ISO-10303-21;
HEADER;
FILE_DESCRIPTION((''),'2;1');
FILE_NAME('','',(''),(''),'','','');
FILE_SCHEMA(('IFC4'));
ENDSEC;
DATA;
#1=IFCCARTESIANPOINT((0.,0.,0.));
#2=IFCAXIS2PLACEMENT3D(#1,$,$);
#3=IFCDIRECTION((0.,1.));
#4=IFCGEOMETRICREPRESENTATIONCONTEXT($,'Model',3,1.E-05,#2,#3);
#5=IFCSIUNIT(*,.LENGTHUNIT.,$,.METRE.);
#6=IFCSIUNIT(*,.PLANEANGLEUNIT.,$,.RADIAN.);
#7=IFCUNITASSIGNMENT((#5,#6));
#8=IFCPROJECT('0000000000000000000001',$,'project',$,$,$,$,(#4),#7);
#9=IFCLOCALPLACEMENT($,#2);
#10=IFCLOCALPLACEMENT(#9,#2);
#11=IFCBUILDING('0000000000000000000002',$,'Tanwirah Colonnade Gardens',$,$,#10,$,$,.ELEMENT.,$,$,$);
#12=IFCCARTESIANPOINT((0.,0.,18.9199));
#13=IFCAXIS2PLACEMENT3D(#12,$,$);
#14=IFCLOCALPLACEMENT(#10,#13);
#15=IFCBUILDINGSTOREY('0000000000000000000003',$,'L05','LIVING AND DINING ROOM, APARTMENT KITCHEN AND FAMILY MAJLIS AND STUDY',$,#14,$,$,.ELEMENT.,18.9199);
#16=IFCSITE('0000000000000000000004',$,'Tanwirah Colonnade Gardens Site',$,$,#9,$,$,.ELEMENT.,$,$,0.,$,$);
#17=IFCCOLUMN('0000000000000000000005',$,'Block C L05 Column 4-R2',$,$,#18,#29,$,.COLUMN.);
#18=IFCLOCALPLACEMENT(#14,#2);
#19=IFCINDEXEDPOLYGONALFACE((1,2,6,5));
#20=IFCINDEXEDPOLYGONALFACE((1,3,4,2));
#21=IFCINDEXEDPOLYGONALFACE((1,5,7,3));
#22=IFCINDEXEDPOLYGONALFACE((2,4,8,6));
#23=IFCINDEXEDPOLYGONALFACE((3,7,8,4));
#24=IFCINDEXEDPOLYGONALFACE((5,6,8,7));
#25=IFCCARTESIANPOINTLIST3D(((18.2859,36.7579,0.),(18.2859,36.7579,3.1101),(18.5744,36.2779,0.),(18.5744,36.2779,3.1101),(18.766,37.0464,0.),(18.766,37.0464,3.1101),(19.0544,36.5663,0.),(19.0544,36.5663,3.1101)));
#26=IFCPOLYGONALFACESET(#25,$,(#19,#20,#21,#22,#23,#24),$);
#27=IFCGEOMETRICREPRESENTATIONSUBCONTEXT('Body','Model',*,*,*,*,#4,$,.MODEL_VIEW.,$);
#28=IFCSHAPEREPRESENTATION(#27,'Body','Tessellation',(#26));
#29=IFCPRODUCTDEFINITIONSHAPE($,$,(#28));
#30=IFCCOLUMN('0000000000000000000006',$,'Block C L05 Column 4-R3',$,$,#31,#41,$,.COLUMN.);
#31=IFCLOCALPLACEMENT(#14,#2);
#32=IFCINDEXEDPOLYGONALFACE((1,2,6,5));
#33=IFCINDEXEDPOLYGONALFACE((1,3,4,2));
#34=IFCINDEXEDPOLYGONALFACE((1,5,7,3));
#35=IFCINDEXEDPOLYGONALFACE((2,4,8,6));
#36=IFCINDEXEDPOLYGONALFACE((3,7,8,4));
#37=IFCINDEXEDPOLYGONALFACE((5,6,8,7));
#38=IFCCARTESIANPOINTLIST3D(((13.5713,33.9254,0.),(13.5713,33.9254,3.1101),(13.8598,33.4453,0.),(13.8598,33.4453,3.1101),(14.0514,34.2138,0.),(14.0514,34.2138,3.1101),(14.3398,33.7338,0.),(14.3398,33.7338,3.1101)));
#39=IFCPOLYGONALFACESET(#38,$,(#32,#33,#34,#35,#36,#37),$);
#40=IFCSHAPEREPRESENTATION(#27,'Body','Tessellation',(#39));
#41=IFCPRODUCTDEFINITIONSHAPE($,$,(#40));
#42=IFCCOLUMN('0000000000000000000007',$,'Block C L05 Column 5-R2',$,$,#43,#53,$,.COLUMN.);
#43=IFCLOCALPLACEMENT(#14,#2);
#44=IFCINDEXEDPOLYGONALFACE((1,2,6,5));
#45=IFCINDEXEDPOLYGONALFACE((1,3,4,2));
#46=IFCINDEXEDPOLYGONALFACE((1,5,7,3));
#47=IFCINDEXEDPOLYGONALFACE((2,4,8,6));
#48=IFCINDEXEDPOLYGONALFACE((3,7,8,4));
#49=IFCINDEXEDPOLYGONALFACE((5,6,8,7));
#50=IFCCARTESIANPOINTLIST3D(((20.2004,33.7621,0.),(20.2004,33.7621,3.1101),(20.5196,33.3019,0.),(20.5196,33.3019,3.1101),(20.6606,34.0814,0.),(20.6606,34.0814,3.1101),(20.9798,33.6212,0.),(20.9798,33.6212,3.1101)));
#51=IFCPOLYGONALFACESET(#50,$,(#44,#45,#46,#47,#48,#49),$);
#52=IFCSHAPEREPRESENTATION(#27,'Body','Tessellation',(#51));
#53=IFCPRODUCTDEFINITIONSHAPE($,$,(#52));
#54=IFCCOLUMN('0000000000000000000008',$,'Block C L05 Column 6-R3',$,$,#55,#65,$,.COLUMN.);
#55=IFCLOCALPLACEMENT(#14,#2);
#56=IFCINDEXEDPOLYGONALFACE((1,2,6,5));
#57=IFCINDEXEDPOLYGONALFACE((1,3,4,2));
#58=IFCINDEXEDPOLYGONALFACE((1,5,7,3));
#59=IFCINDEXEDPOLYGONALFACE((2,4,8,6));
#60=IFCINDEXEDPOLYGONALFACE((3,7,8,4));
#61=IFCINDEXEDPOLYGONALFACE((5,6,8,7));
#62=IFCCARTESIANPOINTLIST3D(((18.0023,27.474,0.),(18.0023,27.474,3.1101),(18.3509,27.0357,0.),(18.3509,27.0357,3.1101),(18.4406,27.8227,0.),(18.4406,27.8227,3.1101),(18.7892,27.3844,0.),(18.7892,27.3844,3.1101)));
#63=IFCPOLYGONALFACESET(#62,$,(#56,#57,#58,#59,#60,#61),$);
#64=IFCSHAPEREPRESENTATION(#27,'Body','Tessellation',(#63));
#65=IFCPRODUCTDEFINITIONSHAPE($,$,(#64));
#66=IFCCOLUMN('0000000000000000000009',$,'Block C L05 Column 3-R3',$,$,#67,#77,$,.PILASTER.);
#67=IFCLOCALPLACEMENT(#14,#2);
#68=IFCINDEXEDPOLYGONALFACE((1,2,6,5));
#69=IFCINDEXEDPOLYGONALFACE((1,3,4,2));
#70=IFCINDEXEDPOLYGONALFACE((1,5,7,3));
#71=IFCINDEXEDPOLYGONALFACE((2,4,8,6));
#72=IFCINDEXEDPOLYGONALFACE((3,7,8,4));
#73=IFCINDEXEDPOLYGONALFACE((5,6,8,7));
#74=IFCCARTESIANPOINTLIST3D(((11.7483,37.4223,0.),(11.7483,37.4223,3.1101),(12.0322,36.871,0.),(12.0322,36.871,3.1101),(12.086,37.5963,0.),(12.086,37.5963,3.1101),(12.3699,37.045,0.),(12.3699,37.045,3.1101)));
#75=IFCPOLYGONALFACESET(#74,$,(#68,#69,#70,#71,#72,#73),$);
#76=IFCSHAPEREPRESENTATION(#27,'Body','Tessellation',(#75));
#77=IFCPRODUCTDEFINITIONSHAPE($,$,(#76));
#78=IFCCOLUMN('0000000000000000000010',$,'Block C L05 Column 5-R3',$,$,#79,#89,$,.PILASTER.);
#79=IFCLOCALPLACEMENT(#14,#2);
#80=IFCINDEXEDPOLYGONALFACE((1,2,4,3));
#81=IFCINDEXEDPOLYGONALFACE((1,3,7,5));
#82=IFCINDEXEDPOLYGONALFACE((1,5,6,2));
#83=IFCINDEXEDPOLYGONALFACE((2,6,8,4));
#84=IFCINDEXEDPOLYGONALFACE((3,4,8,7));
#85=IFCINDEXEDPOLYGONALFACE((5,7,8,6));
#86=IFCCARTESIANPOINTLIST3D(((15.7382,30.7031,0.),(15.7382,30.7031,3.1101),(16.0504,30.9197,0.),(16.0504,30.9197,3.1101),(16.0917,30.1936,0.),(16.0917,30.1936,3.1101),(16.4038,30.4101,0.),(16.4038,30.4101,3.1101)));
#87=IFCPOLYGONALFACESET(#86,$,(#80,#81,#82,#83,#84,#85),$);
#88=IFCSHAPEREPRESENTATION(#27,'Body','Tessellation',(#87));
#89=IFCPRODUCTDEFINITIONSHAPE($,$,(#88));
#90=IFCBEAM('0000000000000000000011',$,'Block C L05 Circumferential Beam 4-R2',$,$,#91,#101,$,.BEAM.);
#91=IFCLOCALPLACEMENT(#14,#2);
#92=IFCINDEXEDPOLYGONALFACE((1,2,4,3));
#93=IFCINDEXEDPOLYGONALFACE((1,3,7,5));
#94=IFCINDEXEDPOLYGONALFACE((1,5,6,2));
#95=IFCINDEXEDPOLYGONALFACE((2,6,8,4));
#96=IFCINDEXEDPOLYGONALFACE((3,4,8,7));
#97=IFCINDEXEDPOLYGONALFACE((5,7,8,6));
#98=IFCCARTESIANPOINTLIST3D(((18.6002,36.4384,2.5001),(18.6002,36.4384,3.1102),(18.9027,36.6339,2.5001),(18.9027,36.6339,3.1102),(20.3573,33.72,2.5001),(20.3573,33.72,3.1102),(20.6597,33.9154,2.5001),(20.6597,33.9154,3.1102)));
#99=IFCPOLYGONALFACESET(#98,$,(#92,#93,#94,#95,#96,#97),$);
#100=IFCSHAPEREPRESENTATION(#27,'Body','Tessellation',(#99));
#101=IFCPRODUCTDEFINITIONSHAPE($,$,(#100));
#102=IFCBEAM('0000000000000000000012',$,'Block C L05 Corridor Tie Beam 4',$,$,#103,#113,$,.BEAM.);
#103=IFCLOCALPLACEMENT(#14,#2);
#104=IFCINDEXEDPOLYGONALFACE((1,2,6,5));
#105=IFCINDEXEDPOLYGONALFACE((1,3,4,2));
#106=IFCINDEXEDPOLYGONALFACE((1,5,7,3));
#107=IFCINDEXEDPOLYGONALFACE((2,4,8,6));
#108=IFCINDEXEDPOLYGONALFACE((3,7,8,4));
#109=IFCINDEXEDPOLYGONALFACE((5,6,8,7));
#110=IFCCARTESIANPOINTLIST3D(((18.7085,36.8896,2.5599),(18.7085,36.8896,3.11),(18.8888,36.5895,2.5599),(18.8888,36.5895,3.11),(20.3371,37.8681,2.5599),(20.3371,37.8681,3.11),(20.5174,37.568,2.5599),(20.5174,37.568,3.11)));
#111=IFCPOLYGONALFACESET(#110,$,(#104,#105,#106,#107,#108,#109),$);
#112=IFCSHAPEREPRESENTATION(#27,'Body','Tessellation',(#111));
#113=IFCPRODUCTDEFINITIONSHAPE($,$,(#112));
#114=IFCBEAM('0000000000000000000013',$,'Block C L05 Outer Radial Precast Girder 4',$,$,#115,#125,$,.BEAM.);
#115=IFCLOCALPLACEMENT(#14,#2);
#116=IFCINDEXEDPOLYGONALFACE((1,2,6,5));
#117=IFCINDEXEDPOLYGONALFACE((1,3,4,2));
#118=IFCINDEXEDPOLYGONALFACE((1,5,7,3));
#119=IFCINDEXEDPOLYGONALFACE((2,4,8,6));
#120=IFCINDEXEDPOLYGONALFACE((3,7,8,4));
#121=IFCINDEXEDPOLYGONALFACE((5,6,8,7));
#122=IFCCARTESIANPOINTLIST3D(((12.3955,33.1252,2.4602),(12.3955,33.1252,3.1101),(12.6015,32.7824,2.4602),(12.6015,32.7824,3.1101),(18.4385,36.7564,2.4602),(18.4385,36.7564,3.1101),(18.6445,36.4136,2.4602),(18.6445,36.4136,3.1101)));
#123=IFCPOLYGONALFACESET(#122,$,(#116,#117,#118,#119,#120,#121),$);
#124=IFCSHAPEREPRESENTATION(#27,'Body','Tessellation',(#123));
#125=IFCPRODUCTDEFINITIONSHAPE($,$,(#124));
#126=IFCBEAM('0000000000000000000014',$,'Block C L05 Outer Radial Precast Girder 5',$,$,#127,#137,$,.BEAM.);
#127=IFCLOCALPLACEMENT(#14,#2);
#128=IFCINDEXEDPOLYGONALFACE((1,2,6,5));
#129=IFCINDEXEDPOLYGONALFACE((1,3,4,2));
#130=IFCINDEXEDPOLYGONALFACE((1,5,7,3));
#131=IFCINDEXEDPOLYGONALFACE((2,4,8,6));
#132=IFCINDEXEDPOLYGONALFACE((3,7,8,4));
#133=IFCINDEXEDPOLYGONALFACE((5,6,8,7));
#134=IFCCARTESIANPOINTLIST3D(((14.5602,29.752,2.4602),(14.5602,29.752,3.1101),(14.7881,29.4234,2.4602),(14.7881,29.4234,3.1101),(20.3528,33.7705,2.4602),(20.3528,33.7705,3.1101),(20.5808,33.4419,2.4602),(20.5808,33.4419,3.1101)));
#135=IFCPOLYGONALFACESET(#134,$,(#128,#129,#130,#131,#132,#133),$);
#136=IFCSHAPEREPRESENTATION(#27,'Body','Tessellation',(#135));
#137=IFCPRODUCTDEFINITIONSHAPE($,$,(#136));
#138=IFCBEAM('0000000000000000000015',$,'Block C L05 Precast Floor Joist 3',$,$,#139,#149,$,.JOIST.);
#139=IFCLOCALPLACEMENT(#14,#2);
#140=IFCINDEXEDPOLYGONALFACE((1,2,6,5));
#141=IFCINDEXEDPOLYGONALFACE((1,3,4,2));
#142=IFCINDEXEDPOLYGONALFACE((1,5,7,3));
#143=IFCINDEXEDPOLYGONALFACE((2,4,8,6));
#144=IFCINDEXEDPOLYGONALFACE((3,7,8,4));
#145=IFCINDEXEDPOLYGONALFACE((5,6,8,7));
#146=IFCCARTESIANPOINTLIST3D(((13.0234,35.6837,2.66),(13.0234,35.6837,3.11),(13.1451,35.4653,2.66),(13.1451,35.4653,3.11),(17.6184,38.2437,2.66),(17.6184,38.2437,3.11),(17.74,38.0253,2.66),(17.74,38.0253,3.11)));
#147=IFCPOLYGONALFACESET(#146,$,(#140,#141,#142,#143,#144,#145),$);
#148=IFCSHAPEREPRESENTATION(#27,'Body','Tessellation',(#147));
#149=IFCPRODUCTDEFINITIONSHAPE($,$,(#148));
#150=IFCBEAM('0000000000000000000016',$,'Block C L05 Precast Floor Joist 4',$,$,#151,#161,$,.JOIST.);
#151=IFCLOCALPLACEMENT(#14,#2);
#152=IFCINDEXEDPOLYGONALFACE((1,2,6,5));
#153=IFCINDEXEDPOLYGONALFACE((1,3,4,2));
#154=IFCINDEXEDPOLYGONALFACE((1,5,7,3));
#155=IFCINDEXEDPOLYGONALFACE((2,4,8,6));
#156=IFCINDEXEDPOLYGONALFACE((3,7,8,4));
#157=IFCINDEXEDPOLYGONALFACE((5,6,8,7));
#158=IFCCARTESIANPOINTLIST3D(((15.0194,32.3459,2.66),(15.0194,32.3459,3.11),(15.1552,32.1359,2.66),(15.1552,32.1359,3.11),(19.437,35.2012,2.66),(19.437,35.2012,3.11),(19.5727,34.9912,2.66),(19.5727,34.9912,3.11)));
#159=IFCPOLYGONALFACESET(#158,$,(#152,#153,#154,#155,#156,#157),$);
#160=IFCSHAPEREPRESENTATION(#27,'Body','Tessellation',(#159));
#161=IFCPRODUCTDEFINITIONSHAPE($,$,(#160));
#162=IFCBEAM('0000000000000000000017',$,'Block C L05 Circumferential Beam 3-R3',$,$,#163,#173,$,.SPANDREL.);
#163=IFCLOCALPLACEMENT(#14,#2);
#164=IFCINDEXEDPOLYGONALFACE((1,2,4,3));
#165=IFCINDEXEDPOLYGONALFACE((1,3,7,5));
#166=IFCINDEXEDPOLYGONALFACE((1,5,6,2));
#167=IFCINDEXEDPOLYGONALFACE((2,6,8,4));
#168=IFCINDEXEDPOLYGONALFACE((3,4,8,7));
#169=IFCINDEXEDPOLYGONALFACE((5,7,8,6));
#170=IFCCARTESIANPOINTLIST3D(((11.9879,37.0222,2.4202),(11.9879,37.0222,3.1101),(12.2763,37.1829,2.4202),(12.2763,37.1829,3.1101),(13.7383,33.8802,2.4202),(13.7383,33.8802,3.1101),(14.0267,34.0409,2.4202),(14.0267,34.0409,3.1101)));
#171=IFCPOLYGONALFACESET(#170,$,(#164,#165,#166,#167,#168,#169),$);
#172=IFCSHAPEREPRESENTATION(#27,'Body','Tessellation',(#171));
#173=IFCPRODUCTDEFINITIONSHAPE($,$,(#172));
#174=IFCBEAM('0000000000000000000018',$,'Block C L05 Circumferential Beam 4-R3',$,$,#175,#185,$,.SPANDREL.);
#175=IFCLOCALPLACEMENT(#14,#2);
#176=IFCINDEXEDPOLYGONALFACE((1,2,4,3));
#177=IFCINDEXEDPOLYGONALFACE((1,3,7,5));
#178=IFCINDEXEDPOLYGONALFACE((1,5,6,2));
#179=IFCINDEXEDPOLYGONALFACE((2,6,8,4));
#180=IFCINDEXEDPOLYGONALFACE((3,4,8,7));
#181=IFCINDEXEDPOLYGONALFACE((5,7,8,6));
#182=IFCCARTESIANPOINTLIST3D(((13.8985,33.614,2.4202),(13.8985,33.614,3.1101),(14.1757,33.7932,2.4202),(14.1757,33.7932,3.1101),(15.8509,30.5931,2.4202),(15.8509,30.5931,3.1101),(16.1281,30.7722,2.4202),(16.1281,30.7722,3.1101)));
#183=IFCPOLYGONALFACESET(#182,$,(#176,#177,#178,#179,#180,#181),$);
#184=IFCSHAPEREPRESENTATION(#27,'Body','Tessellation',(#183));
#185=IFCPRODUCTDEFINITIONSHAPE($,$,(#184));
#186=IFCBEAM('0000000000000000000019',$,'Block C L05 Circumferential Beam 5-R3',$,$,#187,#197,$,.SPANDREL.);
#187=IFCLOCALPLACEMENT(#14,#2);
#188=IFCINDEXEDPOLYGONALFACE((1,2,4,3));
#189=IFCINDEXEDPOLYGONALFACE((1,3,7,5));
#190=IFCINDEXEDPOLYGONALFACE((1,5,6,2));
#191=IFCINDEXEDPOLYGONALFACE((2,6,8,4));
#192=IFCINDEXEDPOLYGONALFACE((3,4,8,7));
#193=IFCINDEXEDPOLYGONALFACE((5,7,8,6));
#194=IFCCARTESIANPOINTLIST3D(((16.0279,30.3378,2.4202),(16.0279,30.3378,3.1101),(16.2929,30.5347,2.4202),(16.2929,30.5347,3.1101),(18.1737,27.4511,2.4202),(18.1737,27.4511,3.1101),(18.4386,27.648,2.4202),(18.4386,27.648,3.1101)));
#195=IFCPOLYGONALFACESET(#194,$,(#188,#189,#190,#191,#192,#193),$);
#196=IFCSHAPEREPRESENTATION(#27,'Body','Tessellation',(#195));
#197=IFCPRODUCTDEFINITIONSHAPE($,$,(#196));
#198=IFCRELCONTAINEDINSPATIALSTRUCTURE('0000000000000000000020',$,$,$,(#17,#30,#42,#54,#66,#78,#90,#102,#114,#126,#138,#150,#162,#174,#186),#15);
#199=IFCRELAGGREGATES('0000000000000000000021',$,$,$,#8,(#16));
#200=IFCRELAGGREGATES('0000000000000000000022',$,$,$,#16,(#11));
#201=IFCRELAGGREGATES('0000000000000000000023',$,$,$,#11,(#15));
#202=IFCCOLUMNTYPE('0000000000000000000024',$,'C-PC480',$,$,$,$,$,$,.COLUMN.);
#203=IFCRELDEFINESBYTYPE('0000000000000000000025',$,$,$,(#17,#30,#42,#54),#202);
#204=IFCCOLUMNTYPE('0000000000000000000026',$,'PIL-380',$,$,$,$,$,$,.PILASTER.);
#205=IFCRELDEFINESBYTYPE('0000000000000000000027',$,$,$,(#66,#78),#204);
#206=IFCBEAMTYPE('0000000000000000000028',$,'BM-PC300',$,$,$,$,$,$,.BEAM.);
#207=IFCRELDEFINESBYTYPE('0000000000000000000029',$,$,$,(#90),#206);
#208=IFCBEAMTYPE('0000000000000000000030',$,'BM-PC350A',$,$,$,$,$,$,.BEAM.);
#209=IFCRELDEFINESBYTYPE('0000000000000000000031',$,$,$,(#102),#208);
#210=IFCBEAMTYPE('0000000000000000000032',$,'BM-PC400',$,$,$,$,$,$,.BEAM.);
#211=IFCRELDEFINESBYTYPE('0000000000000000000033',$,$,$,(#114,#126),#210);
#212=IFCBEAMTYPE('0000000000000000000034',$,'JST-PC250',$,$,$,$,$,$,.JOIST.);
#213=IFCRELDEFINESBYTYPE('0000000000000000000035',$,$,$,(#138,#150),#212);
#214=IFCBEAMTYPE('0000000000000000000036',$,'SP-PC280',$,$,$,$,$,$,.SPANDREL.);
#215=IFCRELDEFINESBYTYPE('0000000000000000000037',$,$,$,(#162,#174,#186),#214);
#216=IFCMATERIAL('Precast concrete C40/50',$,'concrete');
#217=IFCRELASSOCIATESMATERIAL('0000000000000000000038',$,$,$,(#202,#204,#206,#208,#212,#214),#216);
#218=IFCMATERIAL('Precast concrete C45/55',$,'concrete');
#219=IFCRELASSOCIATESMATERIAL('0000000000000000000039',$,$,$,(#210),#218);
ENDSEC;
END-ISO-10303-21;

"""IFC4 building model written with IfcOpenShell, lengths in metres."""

from ifc_helpers import new_model, si_unit, direction, frame, origin, origin_2d, place, context, subcontext, project, spatial, rectangle, extrude, material, material_profile, profile_set, type_object, element, save


model = new_model("IFC4")

# Units and contexts
model_context = context("Model", 3, precision=1e-05, world=origin(), true_north=direction((0.0, 1.0)))
body_context = subcontext(model_context, "Body", "Model", "MODEL_VIEW")
ifc_project = project(units=[si_unit("LENGTHUNIT", "METRE"), si_unit("PLANEANGLEUNIT", "RADIAN")], contexts=[model_context])

# Site, building, storey
site_placement = place(None, origin())
site = spatial("IfcSite", under=ifc_project, at=site_placement, Name="Tanwirah Colonnade Gardens Site", CompositionType="ELEMENT", RefElevation=0.0)
building_placement = place(site_placement, origin())
building = spatial("IfcBuilding", under=site, at=building_placement, Name="Tanwirah Colonnade Gardens", CompositionType="ELEMENT")
storey_placement = place(building_placement, frame((0.0, 0.0, 18.9199)))
storey = spatial("IfcBuildingStorey", under=building, at=storey_placement, Name="L05", Description="LIVING AND DINING ROOM, APARTMENT KITCHEN AND FAMILY MAJLIS AND STUDY", CompositionType="ELEMENT", Elevation=18.9199)

# Columns
ifc_material_1 = material(Name="Precast concrete C40/50", Category="concrete")
ifc_material_profile_1 = material_profile(ifc_material_1, rectangle(XDim=0.5601, YDim=0.5601, at=origin_2d()), Name="PC-COL 560x560")
ifc_profile_set_1 = profile_set([ifc_material_profile_1], Name="Precast concrete C40/50")
column_type_1 = type_object("IfcColumnType", Name="C-PC480", PredefinedType="COLUMN", material=ifc_profile_set_1)
for number, where, z_axis, x_axis, name in (
    (1, (18.6702, 36.6621, 0.0), (0.0, 0.0, 1.0), (-0.857167, -0.515038, 0.0), "Block C L05 Column 4-R2"),
    (2, (13.9556, 33.8296, 0.0), (0.0, 0.0, 1.0), (-0.857167, -0.515038, 0.0), "Block C L05 Column 4-R3"),
    (3, (20.5901, 33.6917, 0.0), (0.0, 0.0, 1.0), (-0.821647, -0.569997, 0.0), "Block C L05 Column 5-R2"),
    (4, (18.3958, 27.4292, 0.0), (0.0, 0.0, 1.0), (-0.782608, -0.622515, 0.0), "Block C L05 Column 6-R3"),
):
    element("IfcColumn", number, at=place(storey_placement, frame(where, z_axis=z_axis, x_axis=x_axis)), inside=storey, type_object=column_type_1, Name=name, PredefinedType="COLUMN", context=body_context, shape_type="SweptSolid", body=[
        extrude(rectangle(XDim=0.5601, YDim=0.5601, at=origin_2d()), origin(), (0.0, 0.0, 1.0), 3.1101),
    ])
ifc_material_profile_2 = material_profile(ifc_material_1, rectangle(XDim=0.3799, YDim=0.6201, at=origin_2d()), Name="PC-PIL 380x620")
ifc_profile_set_2 = profile_set([ifc_material_profile_2], Name="Precast concrete C40/50")
column_type_2 = type_object("IfcColumnType", Name="PIL-380", PredefinedType="PILASTER", material=ifc_profile_set_2)
for number, where, z_axis, x_axis, name in (
    (5, (12.0591, 37.2336, 0.0), (0.0, 0.0, 1.0), (-0.889017, -0.457874, 0.0), "Block C L05 Column 3-R3"),
    (6, (16.071, 30.5566, 0.0), (0.0, 0.0, 1.0), (-0.821647, -0.569997, 0.0), "Block C L05 Column 5-R3"),
):
    element("IfcColumn", number, at=place(storey_placement, frame(where, z_axis=z_axis, x_axis=x_axis)), inside=storey, type_object=column_type_2, Name=name, PredefinedType="PILASTER", context=body_context, shape_type="SweptSolid", body=[
        extrude(rectangle(XDim=0.3799, YDim=0.6201, at=origin_2d()), origin(), (0.0, 0.0, 1.0), 3.1101),
    ])

# Beams
ifc_material_profile_3 = material_profile(ifc_material_1, rectangle(XDim=0.3601, YDim=0.6101, at=origin_2d()), Name="PC-BM 360x610")
ifc_profile_set_3 = profile_set([ifc_material_profile_3], Name="Precast concrete C40/50")
beam_type_1 = type_object("IfcBeamType", Name="BM-PC300", PredefinedType="BEAM", material=ifc_profile_set_3)
beam_1_placement = place(storey_placement, frame((18.7515, 36.5361, 2.8052), z_axis=(0.542826, -0.839845, 0.0), x_axis=(0.839845, 0.542826, 0.0)))
element("IfcBeam", 7, at=beam_1_placement, inside=storey, type_object=beam_type_1, Name="Block C L05 Circumferential Beam 4-R2", PredefinedType="BEAM", context=body_context, shape_type="SweptSolid", body=[
    extrude(rectangle(XDim=0.3601, YDim=0.6101, at=origin_2d()), origin(), (0.0, 0.0, 1.0), 3.2368),
])
ifc_material_profile_4 = material_profile(ifc_material_1, rectangle(XDim=0.3501, YDim=0.55, at=origin_2d()), Name="PC-BM 350x550")
ifc_profile_set_4 = profile_set([ifc_material_profile_4], Name="Precast concrete C40/50")
beam_type_2 = type_object("IfcBeamType", Name="BM-PC350A", PredefinedType="BEAM", material=ifc_profile_set_4)
beam_2_placement = place(storey_placement, frame((20.4272, 37.718, 2.835), z_axis=(-0.857187, -0.515006, 0.0), x_axis=(0.515006, -0.857187, 0.0)))
element("IfcBeam", 8, at=beam_2_placement, inside=storey, type_object=beam_type_2, Name="Block C L05 Corridor Tie Beam 4", PredefinedType="BEAM", context=body_context, shape_type="SweptSolid", body=[
    extrude(rectangle(XDim=0.3501, YDim=0.55, at=origin_2d()), origin(), (0.0, 0.0, 1.0), 1.8999),
])
ifc_material_2 = material(Name="Precast concrete C45/55", Category="concrete")
ifc_material_profile_5 = material_profile(ifc_material_2, rectangle(XDim=0.3999, YDim=0.6499, at=origin_2d()), Name="PC-BM 400x650")
ifc_profile_set_5 = profile_set([ifc_material_profile_5], Name="Precast concrete C45/55")
beam_type_3 = type_object("IfcBeamType", Name="BM-PC400", PredefinedType="BEAM", material=ifc_profile_set_5)
for number, where, z_axis, x_axis, name in (
    (9, (18.5415, 36.585, 2.7852), (-0.85716, -0.515051, 0.0), (0.515051, -0.85716, 0.0), "Block C L05 Outer Radial Precast Girder 4"),
    (10, (20.4668, 33.6062, 2.7852), (-0.821647, -0.569997, 0.0), (0.569997, -0.821647, 0.0), "Block C L05 Outer Radial Precast Girder 5"),
):
    element("IfcBeam", number, at=place(storey_placement, frame(where, z_axis=z_axis, x_axis=x_axis)), inside=storey, type_object=beam_type_3, Name=name, PredefinedType="BEAM", context=body_context, shape_type="SweptSolid", body=[
        extrude(rectangle(XDim=0.3999, YDim=0.6499, at=origin_2d()), origin(), (0.0, 0.0, 1.0), 7.05),
    ])
ifc_material_profile_6 = material_profile(ifc_material_1, rectangle(XDim=0.25, YDim=0.45, at=origin_2d()), Name="PC-JST 250x450")
ifc_profile_set_6 = profile_set([ifc_material_profile_6], Name="Precast concrete C40/50")
beam_type_4 = type_object("IfcBeamType", Name="JST-PC250", PredefinedType="JOIST", material=ifc_profile_set_6)
for number, where, z_axis, x_axis, name in (
    (11, (17.6792, 38.1345, 2.885), (-0.873568, -0.486703, 0.0), (0.486703, -0.873568, 0.0), "Block C L05 Precast Floor Joist 3"),
    (12, (19.5049, 35.0962, 2.885), (-0.839843, -0.54283, 0.0), (0.54283, -0.839843, 0.0), "Block C L05 Precast Floor Joist 4"),
):
    element("IfcBeam", number, at=place(storey_placement, frame(where, z_axis=z_axis, x_axis=x_axis)), inside=storey, type_object=beam_type_4, Name=name, PredefinedType="JOIST", context=body_context, shape_type="SweptSolid", body=[
        extrude(rectangle(XDim=0.25, YDim=0.45, at=origin_2d()), origin(), (0.0, 0.0, 1.0), 5.26),
    ])
ifc_material_profile_7 = material_profile(ifc_material_1, rectangle(XDim=0.3301, YDim=0.6899, at=origin_2d()), Name="PC-SP 330x690")
ifc_profile_set_7 = profile_set([ifc_material_profile_7], Name="Precast concrete C40/50")
beam_type_5 = type_object("IfcBeamType", Name="SP-PC280", PredefinedType="SPANDREL", material=ifc_profile_set_7)
beam_3_placement = place(storey_placement, frame((12.1321, 37.1025, 2.7651), z_axis=(0.48668, -0.87358, 0.0), x_axis=(0.87358, 0.48668, 0.0)))
element("IfcBeam", 13, at=beam_3_placement, inside=storey, type_object=beam_type_5, Name="Block C L05 Circumferential Beam 3-R3", PredefinedType="SPANDREL", context=body_context, shape_type="SweptSolid", body=[
    extrude(rectangle(XDim=0.3301, YDim=0.6899, at=origin_2d()), origin(), (0.0, 0.0, 1.0), 3.5967),
])
for number, where, z_axis, x_axis, name in (
    (14, (14.0371, 33.7036, 2.7651), (0.542787, -0.83987, 0.0), (0.83987, 0.542787, 0.0), "Block C L05 Circumferential Beam 4-R3"),
    (15, (16.1604, 30.4363, 2.7651), (0.596563, -0.802566, 0.0), (0.802566, 0.596563, 0.0), "Block C L05 Circumferential Beam 5-R3"),
):
    element("IfcBeam", number, at=place(storey_placement, frame(where, z_axis=z_axis, x_axis=x_axis)), inside=storey, type_object=beam_type_5, Name=name, PredefinedType="SPANDREL", context=body_context, shape_type="SweptSolid", body=[
        extrude(rectangle(XDim=0.3301, YDim=0.6899, at=origin_2d()), origin(), (0.0, 0.0, 1.0), 3.5969),
    ])

save(model, "model.ifc")
